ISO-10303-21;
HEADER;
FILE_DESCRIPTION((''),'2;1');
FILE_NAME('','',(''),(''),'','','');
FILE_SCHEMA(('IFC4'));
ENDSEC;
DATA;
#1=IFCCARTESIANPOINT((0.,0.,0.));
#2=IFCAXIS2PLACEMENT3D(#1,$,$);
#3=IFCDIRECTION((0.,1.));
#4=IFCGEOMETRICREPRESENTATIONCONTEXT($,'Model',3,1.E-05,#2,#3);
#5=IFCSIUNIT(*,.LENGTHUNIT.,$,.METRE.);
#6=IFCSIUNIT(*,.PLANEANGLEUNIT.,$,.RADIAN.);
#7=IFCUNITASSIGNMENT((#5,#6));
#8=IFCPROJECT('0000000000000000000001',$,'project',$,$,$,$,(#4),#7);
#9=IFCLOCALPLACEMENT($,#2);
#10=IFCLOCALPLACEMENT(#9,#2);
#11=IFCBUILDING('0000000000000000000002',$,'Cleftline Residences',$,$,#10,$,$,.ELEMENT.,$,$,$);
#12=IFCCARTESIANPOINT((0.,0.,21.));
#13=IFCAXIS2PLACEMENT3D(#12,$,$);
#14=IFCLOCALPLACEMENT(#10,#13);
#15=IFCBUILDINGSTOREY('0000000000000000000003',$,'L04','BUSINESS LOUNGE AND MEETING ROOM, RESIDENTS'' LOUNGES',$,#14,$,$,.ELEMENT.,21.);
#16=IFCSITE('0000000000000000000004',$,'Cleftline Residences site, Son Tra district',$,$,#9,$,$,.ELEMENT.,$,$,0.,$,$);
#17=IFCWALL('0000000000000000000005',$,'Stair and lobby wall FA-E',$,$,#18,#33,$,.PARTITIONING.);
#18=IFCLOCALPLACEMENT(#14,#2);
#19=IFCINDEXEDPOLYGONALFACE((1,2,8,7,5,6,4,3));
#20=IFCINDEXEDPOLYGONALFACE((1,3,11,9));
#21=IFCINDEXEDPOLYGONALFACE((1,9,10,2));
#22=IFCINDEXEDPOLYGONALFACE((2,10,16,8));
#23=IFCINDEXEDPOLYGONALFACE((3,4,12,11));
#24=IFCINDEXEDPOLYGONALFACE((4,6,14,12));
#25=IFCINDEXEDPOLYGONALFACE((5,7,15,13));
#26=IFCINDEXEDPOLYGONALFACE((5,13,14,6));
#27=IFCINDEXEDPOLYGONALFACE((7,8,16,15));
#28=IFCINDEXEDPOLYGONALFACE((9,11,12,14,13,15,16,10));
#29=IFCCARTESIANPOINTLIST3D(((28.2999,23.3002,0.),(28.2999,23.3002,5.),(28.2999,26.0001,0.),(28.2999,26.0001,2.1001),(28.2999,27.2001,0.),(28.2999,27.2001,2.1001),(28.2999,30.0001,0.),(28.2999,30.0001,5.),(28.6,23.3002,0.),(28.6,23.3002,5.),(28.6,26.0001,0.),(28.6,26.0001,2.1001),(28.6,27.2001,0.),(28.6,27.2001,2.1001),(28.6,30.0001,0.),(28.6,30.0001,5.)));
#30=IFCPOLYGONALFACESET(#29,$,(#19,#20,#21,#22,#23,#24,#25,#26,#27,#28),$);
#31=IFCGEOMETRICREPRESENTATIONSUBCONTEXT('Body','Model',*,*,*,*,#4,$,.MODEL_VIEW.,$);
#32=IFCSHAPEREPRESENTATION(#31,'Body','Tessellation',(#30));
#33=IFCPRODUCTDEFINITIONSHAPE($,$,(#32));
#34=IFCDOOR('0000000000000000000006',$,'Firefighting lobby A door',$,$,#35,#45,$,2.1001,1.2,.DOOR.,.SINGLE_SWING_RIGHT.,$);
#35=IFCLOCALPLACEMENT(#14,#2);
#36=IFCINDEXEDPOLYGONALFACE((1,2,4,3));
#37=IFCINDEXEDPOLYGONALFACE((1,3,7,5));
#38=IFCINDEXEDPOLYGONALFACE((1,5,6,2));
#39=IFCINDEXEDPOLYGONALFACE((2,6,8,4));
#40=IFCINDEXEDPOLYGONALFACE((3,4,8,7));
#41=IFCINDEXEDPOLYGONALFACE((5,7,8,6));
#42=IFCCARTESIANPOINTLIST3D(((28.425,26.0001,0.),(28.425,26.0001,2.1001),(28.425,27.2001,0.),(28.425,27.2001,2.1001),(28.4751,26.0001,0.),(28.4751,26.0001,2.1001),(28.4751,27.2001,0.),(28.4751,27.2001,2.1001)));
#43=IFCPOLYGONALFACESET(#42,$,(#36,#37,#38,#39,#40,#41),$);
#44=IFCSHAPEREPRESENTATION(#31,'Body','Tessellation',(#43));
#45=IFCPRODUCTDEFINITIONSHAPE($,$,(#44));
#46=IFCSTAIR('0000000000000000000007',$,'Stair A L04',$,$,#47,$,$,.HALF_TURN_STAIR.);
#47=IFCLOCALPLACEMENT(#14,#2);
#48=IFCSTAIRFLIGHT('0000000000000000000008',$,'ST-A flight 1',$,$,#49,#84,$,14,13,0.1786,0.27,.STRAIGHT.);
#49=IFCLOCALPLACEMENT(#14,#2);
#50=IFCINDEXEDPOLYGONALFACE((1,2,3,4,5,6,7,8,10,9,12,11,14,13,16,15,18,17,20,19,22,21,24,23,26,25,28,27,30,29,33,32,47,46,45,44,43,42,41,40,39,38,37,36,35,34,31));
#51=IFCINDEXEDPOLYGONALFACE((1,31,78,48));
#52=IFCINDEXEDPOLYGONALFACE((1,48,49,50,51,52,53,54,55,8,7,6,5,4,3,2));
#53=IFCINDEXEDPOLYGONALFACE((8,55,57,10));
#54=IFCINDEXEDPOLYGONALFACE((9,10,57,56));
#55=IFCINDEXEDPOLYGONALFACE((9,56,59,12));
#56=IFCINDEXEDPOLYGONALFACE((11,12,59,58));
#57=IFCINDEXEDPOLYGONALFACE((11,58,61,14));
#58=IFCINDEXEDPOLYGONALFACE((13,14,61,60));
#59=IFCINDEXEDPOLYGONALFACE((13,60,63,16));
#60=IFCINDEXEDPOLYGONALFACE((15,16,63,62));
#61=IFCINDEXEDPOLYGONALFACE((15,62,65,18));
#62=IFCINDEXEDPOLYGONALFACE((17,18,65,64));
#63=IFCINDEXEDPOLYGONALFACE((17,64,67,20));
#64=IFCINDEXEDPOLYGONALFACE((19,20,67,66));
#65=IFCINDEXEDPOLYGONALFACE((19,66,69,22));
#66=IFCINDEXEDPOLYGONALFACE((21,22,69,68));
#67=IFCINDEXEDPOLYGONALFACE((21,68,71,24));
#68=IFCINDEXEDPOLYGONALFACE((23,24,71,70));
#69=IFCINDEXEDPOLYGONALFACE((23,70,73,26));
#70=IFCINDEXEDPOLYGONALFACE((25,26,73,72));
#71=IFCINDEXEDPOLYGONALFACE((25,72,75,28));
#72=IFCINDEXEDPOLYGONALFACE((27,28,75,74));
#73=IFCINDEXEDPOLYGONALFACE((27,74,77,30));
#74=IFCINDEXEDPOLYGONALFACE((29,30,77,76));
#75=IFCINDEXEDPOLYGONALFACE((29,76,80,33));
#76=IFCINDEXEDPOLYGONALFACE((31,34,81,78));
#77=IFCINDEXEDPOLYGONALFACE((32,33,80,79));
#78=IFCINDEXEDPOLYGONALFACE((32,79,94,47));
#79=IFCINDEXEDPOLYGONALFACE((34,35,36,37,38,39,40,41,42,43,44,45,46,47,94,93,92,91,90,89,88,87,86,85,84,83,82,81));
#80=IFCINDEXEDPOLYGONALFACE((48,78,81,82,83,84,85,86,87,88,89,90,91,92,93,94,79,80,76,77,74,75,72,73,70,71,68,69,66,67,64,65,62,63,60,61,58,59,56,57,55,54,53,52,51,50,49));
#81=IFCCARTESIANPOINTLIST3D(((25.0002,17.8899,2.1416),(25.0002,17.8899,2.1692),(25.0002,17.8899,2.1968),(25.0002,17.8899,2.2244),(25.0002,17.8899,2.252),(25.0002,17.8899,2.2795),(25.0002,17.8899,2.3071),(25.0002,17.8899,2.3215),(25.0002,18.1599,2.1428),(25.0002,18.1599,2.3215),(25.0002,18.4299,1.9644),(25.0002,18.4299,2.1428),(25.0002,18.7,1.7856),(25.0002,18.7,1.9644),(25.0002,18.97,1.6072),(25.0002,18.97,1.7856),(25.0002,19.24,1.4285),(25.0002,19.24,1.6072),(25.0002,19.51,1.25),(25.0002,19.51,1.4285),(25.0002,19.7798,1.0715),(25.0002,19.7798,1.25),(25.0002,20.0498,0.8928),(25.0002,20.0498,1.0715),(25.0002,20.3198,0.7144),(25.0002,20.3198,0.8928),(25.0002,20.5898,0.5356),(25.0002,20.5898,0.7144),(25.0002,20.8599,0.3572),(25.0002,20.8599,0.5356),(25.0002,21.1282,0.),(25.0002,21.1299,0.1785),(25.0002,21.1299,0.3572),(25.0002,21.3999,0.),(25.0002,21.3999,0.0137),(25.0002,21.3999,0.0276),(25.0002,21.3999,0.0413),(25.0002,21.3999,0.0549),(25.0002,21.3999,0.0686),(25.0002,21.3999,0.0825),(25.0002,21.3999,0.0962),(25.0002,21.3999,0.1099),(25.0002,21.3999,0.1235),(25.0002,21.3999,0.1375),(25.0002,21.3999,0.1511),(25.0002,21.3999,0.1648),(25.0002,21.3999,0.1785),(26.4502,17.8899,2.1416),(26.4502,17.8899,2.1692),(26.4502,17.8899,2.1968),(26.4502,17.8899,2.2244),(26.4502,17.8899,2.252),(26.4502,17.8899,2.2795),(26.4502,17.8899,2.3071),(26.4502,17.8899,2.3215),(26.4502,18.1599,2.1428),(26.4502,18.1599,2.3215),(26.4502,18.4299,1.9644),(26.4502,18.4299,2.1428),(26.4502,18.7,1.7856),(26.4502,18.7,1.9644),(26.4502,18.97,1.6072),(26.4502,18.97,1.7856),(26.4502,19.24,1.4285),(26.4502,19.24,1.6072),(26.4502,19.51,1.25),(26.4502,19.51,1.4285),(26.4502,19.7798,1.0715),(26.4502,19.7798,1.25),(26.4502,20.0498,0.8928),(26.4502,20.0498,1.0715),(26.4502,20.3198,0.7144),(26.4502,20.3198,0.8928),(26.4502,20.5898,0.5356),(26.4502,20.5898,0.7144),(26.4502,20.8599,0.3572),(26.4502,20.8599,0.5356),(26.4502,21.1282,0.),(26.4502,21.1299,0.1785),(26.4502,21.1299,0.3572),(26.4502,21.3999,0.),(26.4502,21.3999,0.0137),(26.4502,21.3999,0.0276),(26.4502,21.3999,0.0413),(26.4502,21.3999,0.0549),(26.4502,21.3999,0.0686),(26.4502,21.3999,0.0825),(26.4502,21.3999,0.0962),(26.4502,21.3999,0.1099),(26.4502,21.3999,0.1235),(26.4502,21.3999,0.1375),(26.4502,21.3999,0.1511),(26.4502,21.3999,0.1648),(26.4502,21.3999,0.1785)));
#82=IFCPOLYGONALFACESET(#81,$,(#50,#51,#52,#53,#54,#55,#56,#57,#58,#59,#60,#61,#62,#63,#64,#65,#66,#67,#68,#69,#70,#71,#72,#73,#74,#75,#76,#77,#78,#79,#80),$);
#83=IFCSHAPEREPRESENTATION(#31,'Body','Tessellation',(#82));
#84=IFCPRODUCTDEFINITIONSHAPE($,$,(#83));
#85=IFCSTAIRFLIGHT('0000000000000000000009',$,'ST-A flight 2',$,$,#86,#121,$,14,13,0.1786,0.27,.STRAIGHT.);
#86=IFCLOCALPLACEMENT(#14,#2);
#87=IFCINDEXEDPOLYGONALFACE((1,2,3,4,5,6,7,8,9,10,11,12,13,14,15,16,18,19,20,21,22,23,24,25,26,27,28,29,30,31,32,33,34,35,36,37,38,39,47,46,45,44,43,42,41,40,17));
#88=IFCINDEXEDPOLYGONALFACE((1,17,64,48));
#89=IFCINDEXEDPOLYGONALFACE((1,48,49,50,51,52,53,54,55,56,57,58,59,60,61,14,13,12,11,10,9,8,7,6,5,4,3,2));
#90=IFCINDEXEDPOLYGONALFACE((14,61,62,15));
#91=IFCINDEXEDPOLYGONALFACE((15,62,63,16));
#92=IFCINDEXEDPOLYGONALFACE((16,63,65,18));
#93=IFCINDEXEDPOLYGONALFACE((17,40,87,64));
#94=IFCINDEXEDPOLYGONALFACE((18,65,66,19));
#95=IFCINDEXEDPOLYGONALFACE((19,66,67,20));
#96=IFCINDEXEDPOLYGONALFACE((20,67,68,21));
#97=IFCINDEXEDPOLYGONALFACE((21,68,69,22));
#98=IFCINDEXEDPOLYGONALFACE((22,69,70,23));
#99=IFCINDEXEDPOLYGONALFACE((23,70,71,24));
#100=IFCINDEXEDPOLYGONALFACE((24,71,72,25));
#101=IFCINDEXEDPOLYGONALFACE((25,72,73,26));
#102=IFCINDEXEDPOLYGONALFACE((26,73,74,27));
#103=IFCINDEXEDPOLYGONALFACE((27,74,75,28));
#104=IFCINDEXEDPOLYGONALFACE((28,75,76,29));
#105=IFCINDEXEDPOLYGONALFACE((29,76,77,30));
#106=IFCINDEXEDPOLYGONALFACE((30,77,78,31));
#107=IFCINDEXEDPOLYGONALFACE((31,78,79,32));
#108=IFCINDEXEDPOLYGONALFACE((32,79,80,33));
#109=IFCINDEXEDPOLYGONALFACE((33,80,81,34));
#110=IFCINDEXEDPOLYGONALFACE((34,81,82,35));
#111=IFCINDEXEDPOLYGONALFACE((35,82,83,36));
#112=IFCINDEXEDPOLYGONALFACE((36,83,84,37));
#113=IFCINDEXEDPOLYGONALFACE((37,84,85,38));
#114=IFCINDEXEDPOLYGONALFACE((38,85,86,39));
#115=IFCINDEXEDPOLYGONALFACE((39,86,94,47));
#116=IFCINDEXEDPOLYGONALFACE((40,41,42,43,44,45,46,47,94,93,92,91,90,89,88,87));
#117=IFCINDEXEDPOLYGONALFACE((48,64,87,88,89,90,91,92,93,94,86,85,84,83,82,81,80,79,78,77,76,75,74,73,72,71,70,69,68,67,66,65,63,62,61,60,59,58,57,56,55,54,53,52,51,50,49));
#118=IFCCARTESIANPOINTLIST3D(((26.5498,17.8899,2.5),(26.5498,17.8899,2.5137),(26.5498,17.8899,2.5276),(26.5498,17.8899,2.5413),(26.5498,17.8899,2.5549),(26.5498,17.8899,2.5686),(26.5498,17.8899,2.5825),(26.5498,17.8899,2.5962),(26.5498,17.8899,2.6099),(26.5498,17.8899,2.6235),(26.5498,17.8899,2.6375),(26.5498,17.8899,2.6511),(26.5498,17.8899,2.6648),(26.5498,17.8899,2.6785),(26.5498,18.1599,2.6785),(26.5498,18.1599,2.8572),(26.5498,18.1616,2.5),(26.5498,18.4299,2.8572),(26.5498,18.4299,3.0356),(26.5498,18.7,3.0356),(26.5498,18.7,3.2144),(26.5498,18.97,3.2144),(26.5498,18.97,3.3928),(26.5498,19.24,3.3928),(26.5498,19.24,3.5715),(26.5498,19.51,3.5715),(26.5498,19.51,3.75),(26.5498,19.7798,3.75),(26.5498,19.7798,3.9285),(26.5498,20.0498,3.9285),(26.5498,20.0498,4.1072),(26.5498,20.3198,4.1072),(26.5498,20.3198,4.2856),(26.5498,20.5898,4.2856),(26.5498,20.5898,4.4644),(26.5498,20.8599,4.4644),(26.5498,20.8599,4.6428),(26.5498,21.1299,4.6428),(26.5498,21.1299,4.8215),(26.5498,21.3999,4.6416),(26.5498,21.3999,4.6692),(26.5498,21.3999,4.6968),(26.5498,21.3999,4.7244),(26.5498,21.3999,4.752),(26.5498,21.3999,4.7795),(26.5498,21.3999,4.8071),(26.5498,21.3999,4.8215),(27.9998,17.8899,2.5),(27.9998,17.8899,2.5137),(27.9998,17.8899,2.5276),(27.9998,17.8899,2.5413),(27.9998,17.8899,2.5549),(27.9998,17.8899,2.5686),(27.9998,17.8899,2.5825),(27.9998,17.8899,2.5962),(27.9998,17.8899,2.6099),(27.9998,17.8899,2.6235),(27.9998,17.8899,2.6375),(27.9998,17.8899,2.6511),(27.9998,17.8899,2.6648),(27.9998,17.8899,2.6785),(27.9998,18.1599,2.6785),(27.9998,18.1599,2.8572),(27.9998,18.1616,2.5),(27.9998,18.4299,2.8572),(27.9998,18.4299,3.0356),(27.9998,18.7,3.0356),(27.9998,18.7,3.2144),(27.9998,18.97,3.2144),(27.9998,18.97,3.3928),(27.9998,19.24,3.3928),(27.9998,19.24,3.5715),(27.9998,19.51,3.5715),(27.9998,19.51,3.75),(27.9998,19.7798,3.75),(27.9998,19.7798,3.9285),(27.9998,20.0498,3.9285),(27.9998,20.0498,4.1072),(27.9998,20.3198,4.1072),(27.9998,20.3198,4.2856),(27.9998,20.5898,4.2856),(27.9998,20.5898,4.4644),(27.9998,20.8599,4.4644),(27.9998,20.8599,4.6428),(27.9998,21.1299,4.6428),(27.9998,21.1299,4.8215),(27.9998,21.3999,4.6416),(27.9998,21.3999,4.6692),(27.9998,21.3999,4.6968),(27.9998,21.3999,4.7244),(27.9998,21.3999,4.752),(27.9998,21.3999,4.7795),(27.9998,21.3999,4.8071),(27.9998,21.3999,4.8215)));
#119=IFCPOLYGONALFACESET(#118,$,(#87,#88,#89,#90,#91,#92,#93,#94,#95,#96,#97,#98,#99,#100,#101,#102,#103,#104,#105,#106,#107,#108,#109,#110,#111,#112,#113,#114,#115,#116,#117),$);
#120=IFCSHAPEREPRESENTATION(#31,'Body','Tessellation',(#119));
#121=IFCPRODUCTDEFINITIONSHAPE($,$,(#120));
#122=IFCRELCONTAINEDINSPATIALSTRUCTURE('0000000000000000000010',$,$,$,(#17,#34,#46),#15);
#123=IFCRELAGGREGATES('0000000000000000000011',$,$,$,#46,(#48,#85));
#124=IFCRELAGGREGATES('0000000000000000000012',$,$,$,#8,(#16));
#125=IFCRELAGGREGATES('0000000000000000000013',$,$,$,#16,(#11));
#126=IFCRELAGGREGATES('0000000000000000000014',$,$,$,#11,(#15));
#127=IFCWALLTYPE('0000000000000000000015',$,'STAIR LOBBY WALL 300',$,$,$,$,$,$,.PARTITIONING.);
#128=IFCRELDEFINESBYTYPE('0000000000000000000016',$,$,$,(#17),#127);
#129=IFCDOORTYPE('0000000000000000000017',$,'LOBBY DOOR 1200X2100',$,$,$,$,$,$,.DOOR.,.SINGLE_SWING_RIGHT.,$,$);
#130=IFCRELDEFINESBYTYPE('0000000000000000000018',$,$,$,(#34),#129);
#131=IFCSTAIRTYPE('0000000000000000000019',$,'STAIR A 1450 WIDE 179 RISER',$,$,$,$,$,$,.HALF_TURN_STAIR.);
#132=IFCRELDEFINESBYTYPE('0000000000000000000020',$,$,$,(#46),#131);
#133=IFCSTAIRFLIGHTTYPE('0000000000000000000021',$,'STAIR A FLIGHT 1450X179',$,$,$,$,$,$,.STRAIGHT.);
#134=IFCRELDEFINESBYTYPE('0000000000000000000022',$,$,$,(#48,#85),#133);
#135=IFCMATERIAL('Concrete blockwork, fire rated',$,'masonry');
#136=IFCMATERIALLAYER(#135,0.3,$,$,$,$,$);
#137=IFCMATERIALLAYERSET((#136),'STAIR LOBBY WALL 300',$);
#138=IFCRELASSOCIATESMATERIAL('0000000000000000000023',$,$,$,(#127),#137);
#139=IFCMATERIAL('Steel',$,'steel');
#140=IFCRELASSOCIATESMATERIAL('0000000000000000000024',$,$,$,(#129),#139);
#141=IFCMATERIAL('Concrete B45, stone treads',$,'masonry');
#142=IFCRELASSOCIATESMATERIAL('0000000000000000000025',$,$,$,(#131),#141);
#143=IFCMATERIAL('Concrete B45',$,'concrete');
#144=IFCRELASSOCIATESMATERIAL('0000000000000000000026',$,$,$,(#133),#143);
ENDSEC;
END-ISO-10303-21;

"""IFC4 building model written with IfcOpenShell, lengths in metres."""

from ifc_helpers import new_model, si_unit, direction, frame, frame_2d, origin, place, context, subcontext, project, spatial, polyline, rectangle, outline, extrude, material, layer, layer_set, type_object, element, fill, aggregate, save


model = new_model("IFC4")

# Units and contexts
model_context = context("Model", 3, precision=1e-05, world=origin(), true_north=direction((0.0, 1.0)))
body_context = subcontext(model_context, "Body", "Model", "MODEL_VIEW")
ifc_project = project(units=[si_unit("LENGTHUNIT", "METRE"), si_unit("PLANEANGLEUNIT", "RADIAN")], contexts=[model_context])

# Site, building, storey
site_placement = place(None, origin())
site = spatial("IfcSite", under=ifc_project, at=site_placement, Name="Cleftline Residences site, Son Tra district", CompositionType="ELEMENT", RefElevation=0.0)
building_placement = place(site_placement, origin())
building = spatial("IfcBuilding", under=site, at=building_placement, Name="Cleftline Residences", CompositionType="ELEMENT")
storey_placement = place(building_placement, frame((0.0, 0.0, 21.0)))
storey = spatial("IfcBuildingStorey", under=building, at=storey_placement, Name="L04", Description="BUSINESS LOUNGE AND MEETING ROOM, RESIDENTS' LOUNGES", CompositionType="ELEMENT", Elevation=21.0)

# Wall, opening, door
ifc_material_1 = material(Name="Concrete blockwork, fire rated", Category="masonry")
ifc_layer_1 = layer(ifc_material_1, 0.3)
ifc_layer_set_1 = layer_set([ifc_layer_1], Name="STAIR LOBBY WALL 300")
wall_type_1 = type_object("IfcWallType", Name="STAIR LOBBY WALL 300", PredefinedType="PARTITIONING", material=ifc_layer_set_1)
wall_1_placement = place(storey_placement, frame((28.45, 23.3, 0.0), z_axis=(0.0, 0.0, 1.0), x_axis=(0.0, 1.0, 0.0)))
wall_1 = element("IfcWall", 1, at=wall_1_placement, inside=storey, type_object=wall_type_1, Name="Stair and lobby wall FA-E", PredefinedType="PARTITIONING", context=body_context, shape_type="SweptSolid", body=[
    extrude(rectangle(XDim=6.7, YDim=0.3, at=frame_2d((3.3501, 0.0))), origin(), (0.0, 0.0, 1.0), 5.0),
])
opening_1_placement = place(wall_1_placement, frame((2.7, 0.0, 0.0)))
opening_1 = element("IfcOpeningElement", 2, at=opening_1_placement, cuts=wall_1, PredefinedType="OPENING", context=body_context, shape_type="SweptSolid", body=[
    extrude(rectangle(XDim=1.2, YDim=2.1001, at=frame_2d((0.6001, 1.05))), frame((0.0, 0.1599, 0.0), z_axis=(0.0, -1.0, 0.0), x_axis=(1.0, 0.0, 0.0)), (0.0, 0.0, 1.0), 0.3201),
])
ifc_material_2 = material(Name="Steel", Category="steel")
door_type_1 = type_object("IfcDoorType", Name="LOBBY DOOR 1200X2100", OperationType="SINGLE_SWING_RIGHT", PredefinedType="DOOR", material=ifc_material_2)
door_1_placement = place(opening_1_placement, origin())
door_1 = element("IfcDoor", 3, at=door_1_placement, inside=storey, type_object=door_type_1, Name="Firefighting lobby A door", OperationType="SINGLE_SWING_RIGHT", OverallHeight=2.1001, OverallWidth=1.2, PredefinedType="DOOR", context=body_context, shape_type="SweptSolid", body=[
    extrude(rectangle(XDim=1.2, YDim=2.1001, at=frame_2d((0.6001, 1.05))), frame((0.0, 0.0249, 0.0), z_axis=(0.0, -1.0, 0.0), x_axis=(1.0, 0.0, 0.0)), (0.0, 0.0, 1.0), 0.05),
])
fill(opening_1, door_1)

# Stair, stair flights
ifc_material_3 = material(Name="Concrete B45, stone treads", Category="masonry")
stair_type = type_object("IfcStairType", Name="STAIR A 1450 WIDE 179 RISER", PredefinedType="HALF_TURN_STAIR", material=ifc_material_3)
stair_placement = place(storey_placement, origin())
stair = element("IfcStair", 4, at=stair_placement, inside=storey, type_object=stair_type, Name="Stair A L04", PredefinedType="HALF_TURN_STAIR")
ifc_material_4 = material(Name="Concrete B45", Category="concrete")
stair_flight_type = type_object("IfcStairFlightType", Name="STAIR A FLIGHT 1450X179", PredefinedType="STRAIGHT", material=ifc_material_4)
stair_flight_1_placement = place(storey_placement, frame((25.7251, 21.3999, 0.0), z_axis=(0.0, 0.0, 1.0), x_axis=(0.0, -1.0, 0.0)))
stair_flight_1 = element("IfcStairFlight", 5, at=stair_flight_1_placement, type_object=stair_flight_type, Name="ST-A flight 1", NumberOfRisers=14, NumberOfTreads=13, PredefinedType="STRAIGHT", RiserHeight=0.1786, TreadLength=0.27, context=body_context, shape_type="SweptSolid", body=[
    extrude(outline(polyline([(0.0, 0.0), (0.0, 0.0137), (0.0, 0.0276), (0.0, 0.0413), (0.0, 0.0549), (0.0, 0.0686), (0.0, 0.0825), (0.0, 0.0962), (0.0, 0.1099), (0.0, 0.1235), (0.0, 0.1375), (0.0, 0.1511), (0.0, 0.1648), (0.0, 0.1785), (0.27, 0.1785), (0.27, 0.3572), (0.54, 0.3572), (0.54, 0.5356), (0.8101, 0.5356), (0.8101, 0.7144), (1.0801, 0.7144), (1.0801, 0.8928), (1.3501, 0.8928), (1.3501, 1.0715), (1.6201, 1.0715), (1.6201, 1.25), (1.8899, 1.25), (1.8899, 1.4285), (2.1599, 1.4285), (2.1599, 1.6072), (2.4299, 1.6072), (2.4299, 1.7856), (2.7, 1.7856), (2.7, 1.9644), (2.97, 1.9644), (2.97, 2.1428), (3.24, 2.1428), (3.24, 2.3215), (3.51, 2.3215), (3.51, 2.5), (3.51, 2.4724), (3.51, 2.4448), (3.51, 2.4172), (3.51, 2.3896), (3.51, 2.3623), (3.51, 2.3347), (3.51, 2.3071), (3.51, 2.2795), (3.51, 2.252), (3.51, 2.2244), (3.51, 2.1968), (3.51, 2.1692), (3.51, 2.1416), (0.2717, 0.0), (0.0, 0.0)])), frame((0.0, 0.7251, 0.0), z_axis=(0.0, -1.0, 0.0), x_axis=(1.0, 0.0, 0.0)), (0.0, 0.0, 1.0), 1.45),
])
stair_flight_2_placement = place(storey_placement, frame((27.2749, 17.8899, 2.5), z_axis=(0.0, 0.0, 1.0), x_axis=(0.0, 1.0, 0.0)))
stair_flight_2 = element("IfcStairFlight", 6, at=stair_flight_2_placement, type_object=stair_flight_type, Name="ST-A flight 2", NumberOfRisers=14, NumberOfTreads=13, PredefinedType="STRAIGHT", RiserHeight=0.1786, TreadLength=0.27, context=body_context, shape_type="SweptSolid", body=[
    extrude(outline(polyline([(0.0, 0.0), (0.0, 0.0137), (0.0, 0.0276), (0.0, 0.0413), (0.0, 0.0549), (0.0, 0.0686), (0.0, 0.0825), (0.0, 0.0962), (0.0, 0.1099), (0.0, 0.1235), (0.0, 0.1375), (0.0, 0.1511), (0.0, 0.1648), (0.0, 0.1785), (0.27, 0.1785), (0.27, 0.3572), (0.54, 0.3572), (0.54, 0.5356), (0.8101, 0.5356), (0.8101, 0.7144), (1.0801, 0.7144), (1.0801, 0.8928), (1.3501, 0.8928), (1.3501, 1.0715), (1.6201, 1.0715), (1.6201, 1.25), (1.8899, 1.25), (1.8899, 1.4285), (2.1599, 1.4285), (2.1599, 1.6072), (2.4299, 1.6072), (2.4299, 1.7856), (2.7, 1.7856), (2.7, 1.9644), (2.97, 1.9644), (2.97, 2.1428), (3.24, 2.1428), (3.24, 2.3215), (3.51, 2.3215), (3.51, 2.5), (3.51, 2.4724), (3.51, 2.4448), (3.51, 2.4172), (3.51, 2.3896), (3.51, 2.3623), (3.51, 2.3347), (3.51, 2.3071), (3.51, 2.2795), (3.51, 2.252), (3.51, 2.2244), (3.51, 2.1968), (3.51, 2.1692), (3.51, 2.1416), (0.2717, 0.0), (0.0, 0.0)])), frame((0.0, 0.7251, 0.0), z_axis=(0.0, -1.0, 0.0), x_axis=(1.0, 0.0, 0.0)), (0.0, 0.0, 1.0), 1.45),
])
aggregate(stair, [stair_flight_1, stair_flight_2])

save(model, "model.ifc")
